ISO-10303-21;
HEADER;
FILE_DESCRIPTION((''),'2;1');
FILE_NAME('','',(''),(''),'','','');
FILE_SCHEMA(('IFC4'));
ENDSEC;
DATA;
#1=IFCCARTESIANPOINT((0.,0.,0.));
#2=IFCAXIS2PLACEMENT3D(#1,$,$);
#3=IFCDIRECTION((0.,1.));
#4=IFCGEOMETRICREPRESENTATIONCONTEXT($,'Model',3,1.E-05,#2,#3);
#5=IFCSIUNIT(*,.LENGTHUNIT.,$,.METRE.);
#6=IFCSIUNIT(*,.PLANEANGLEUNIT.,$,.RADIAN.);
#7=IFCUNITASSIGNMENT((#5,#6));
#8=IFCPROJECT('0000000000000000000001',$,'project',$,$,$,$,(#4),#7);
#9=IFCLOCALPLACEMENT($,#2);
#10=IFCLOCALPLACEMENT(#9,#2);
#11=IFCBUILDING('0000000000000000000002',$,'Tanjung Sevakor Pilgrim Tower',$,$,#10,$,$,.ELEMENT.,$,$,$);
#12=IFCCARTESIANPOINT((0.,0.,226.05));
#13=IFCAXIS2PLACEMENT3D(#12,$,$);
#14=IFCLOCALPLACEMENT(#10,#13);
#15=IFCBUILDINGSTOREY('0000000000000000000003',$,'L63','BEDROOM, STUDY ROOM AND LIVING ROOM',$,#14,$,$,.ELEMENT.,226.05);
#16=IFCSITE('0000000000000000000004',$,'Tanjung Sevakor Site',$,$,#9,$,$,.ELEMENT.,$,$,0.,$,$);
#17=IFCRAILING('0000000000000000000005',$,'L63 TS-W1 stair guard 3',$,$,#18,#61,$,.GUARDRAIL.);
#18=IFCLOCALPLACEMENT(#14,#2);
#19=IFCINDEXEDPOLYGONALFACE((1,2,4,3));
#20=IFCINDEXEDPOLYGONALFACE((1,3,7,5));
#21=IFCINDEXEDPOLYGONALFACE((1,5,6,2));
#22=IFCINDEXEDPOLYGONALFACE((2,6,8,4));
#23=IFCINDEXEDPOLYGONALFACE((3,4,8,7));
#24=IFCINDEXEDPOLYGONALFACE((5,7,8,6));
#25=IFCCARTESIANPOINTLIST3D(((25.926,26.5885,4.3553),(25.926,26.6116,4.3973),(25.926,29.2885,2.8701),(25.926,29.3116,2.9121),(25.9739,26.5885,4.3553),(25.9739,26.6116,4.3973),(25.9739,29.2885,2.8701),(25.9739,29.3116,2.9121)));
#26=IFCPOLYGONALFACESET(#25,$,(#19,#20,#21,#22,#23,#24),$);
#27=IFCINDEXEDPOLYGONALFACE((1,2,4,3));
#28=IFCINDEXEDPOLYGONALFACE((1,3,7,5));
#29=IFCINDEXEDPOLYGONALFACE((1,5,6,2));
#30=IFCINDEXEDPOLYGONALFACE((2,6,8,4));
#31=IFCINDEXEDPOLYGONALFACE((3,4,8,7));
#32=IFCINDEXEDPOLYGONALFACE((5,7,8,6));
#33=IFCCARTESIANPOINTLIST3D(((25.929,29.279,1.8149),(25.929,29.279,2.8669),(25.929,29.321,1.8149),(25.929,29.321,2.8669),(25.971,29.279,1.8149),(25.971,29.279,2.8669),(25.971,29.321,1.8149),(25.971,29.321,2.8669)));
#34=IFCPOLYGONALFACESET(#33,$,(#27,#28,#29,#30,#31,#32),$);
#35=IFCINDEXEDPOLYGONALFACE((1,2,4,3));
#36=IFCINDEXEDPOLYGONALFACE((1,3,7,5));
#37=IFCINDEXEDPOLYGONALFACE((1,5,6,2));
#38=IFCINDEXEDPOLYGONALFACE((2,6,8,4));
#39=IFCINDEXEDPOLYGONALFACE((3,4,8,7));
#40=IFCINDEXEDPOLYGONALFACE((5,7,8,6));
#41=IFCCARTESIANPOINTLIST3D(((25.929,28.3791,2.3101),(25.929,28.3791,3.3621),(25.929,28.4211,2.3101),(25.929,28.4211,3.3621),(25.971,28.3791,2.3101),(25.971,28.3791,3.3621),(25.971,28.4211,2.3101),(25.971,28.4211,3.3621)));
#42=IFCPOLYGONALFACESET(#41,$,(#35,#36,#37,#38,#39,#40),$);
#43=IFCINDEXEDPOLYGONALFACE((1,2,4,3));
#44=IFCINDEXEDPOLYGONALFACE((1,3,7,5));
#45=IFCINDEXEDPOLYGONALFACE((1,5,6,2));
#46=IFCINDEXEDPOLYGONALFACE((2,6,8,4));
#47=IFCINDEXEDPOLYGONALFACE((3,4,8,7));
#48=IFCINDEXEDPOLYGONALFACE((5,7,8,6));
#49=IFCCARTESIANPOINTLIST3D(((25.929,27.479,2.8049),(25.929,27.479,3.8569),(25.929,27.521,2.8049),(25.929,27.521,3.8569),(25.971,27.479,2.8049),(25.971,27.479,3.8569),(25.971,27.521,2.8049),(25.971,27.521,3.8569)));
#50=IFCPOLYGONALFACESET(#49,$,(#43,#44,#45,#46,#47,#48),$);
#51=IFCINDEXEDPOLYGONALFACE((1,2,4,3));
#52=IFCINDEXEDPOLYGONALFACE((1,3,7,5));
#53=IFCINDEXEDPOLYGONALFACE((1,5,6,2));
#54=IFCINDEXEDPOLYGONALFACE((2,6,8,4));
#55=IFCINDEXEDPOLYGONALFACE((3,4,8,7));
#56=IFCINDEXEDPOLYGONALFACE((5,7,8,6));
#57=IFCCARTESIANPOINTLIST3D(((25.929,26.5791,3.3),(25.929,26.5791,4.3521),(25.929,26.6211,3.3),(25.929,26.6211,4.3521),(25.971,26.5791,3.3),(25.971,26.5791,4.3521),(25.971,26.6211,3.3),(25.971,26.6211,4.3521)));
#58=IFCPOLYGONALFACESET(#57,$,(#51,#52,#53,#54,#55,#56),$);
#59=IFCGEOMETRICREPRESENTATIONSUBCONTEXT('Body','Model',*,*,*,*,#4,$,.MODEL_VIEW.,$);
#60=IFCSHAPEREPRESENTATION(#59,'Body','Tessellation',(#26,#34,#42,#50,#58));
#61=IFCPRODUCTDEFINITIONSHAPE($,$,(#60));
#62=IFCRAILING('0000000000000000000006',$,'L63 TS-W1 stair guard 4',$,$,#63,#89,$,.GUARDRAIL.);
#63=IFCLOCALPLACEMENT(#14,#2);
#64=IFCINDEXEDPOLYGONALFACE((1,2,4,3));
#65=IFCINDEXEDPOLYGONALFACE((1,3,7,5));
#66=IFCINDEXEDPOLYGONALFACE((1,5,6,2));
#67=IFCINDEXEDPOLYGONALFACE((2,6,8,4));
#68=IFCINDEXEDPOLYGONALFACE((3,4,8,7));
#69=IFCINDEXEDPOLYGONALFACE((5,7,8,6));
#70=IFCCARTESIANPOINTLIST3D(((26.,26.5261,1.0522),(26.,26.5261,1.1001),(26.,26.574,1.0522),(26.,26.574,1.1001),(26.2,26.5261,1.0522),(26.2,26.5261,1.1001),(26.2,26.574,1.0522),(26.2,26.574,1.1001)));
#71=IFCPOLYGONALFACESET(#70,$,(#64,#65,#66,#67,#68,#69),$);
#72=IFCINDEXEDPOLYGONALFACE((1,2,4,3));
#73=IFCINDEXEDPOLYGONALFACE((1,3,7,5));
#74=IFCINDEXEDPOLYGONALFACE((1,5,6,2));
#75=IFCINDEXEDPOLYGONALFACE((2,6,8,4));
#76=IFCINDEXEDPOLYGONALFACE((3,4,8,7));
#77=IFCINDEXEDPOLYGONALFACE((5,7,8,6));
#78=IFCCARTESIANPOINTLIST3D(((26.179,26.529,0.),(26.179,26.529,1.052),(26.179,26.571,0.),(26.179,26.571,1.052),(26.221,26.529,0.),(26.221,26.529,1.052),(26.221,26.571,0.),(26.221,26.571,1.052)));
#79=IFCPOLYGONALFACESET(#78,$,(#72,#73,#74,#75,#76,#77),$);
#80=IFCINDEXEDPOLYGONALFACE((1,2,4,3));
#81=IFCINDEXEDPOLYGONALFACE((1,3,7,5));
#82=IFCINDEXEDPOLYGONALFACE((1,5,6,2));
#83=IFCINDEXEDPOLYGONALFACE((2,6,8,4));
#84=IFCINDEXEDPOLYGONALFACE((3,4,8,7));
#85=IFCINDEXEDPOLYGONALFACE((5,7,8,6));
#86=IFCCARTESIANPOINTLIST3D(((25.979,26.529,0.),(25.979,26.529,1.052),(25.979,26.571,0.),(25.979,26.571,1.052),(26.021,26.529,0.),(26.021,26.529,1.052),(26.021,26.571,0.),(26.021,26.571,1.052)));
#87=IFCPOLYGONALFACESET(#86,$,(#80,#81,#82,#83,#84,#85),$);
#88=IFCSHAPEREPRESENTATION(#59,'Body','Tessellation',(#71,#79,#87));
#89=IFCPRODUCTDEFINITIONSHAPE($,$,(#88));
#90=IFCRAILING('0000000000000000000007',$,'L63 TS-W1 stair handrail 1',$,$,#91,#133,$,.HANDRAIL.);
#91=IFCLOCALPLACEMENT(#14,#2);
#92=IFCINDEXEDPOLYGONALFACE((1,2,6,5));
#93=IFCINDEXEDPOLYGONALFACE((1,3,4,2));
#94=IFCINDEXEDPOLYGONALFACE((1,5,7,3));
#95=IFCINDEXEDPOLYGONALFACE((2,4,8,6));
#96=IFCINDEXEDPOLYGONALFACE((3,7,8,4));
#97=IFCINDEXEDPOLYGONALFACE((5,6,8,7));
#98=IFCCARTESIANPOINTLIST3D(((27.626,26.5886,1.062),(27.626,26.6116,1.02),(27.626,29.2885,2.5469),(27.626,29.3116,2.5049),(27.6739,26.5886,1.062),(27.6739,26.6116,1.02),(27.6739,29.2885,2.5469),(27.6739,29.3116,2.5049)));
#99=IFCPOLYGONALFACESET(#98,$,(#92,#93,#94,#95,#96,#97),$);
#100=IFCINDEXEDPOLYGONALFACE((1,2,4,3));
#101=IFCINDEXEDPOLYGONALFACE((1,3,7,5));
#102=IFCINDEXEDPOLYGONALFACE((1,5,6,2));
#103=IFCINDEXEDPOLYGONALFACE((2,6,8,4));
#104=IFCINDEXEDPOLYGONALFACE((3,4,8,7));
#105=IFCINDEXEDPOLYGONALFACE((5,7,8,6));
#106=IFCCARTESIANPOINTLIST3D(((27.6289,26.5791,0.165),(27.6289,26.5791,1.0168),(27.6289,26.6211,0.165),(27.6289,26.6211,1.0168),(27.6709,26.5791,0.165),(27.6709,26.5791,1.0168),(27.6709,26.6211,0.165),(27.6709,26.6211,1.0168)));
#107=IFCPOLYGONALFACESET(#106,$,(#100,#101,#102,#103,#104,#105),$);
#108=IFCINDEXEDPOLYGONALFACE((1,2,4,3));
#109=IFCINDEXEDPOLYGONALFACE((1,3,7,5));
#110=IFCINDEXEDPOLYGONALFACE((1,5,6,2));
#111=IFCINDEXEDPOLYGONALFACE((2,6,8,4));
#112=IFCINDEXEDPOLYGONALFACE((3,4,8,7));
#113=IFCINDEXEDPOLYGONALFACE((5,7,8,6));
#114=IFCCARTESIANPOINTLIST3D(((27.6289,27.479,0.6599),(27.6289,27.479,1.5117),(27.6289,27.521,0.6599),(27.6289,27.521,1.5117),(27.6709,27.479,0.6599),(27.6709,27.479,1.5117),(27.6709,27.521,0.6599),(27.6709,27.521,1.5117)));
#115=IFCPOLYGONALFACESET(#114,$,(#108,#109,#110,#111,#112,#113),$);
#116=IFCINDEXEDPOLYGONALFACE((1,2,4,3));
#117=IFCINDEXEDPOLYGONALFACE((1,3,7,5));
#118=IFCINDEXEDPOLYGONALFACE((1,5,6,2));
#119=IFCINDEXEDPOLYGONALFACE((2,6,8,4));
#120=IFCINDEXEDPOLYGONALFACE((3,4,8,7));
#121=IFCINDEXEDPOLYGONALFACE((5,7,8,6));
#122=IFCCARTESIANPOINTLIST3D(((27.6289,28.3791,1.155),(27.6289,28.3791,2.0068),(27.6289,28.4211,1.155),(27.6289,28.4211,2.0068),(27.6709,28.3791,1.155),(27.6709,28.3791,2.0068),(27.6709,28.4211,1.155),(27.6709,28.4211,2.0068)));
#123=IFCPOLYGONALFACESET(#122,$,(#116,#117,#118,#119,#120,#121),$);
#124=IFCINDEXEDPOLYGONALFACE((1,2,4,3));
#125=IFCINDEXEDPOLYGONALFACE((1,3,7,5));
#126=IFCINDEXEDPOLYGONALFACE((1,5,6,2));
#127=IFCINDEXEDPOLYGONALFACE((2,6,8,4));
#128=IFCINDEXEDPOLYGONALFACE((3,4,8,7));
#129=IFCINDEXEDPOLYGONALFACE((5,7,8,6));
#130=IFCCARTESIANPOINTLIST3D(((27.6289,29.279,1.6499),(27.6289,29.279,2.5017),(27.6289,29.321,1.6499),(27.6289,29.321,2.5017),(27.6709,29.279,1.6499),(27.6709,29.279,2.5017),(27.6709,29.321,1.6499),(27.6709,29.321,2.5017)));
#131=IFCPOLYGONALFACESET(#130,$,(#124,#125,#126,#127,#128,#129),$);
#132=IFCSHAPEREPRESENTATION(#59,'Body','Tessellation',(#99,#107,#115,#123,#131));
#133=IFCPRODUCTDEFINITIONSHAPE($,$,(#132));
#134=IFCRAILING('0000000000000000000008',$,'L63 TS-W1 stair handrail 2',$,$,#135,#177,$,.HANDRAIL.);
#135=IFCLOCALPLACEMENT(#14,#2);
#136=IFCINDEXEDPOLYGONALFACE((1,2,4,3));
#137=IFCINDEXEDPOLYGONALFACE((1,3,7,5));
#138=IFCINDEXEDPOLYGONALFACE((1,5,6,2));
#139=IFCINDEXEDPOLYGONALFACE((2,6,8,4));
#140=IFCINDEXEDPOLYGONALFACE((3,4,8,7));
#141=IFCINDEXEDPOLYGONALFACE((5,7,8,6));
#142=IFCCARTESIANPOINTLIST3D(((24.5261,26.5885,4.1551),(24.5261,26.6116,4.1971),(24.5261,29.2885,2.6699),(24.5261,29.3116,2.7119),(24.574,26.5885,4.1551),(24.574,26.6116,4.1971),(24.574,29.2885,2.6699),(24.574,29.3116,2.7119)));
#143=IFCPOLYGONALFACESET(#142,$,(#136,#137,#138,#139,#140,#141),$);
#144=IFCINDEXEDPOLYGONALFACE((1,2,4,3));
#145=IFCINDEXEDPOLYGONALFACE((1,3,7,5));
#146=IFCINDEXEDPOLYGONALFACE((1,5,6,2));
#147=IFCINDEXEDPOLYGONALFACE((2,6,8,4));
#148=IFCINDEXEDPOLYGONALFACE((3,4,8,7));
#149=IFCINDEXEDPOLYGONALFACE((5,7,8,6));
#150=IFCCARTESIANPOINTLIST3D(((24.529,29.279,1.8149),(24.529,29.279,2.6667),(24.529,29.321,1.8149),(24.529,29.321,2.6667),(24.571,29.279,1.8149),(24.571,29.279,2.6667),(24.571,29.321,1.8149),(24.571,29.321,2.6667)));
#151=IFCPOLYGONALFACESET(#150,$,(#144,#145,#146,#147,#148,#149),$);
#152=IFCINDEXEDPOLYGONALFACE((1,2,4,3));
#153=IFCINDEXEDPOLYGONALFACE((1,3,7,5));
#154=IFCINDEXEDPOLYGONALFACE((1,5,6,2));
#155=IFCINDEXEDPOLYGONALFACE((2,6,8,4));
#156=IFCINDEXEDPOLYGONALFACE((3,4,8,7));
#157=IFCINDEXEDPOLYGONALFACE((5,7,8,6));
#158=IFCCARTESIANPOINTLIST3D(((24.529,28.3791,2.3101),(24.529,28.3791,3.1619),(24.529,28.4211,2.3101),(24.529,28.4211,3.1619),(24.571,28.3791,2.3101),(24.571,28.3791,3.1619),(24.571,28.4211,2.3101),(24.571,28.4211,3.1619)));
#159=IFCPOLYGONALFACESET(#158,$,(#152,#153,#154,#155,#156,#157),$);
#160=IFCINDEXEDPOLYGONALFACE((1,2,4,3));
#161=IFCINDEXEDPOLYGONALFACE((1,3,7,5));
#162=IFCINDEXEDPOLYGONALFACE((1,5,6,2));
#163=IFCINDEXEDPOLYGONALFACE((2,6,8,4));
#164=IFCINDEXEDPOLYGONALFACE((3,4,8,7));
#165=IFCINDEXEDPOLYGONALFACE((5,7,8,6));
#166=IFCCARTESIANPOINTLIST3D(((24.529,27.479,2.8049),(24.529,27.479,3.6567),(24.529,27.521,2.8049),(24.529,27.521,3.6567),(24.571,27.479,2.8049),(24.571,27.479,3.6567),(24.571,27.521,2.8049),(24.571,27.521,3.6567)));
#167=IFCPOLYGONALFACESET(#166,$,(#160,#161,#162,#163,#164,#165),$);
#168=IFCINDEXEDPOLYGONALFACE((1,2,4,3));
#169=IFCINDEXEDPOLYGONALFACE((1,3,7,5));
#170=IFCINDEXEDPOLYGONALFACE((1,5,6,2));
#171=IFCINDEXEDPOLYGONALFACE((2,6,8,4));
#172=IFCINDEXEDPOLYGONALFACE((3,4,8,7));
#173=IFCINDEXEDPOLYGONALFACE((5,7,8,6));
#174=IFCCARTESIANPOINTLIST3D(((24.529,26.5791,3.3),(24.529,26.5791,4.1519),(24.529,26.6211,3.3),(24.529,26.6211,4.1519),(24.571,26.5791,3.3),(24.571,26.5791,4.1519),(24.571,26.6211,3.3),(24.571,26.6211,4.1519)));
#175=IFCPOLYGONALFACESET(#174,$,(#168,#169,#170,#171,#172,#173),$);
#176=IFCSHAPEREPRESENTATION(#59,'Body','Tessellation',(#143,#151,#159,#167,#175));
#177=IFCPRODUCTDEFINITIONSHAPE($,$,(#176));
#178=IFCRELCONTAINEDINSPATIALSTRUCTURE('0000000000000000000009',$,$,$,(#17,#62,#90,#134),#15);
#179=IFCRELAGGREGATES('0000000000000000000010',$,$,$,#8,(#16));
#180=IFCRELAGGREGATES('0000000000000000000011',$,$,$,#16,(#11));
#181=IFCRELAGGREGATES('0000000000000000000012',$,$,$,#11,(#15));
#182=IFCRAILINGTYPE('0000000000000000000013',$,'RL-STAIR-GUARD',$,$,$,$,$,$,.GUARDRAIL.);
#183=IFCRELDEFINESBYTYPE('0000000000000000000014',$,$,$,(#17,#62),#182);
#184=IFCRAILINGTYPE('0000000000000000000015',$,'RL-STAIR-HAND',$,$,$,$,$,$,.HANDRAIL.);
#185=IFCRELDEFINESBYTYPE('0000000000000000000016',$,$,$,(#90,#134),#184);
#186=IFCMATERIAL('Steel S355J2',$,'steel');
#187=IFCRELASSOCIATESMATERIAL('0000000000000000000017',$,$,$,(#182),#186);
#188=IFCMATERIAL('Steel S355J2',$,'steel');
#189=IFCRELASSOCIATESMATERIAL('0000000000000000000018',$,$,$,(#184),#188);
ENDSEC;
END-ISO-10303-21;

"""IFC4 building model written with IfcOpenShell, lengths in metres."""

from ifc_helpers import new_model, si_unit, direction, frame, origin, place, context, subcontext, project, spatial, rectangle, extrude, material, type_object, element, save


model = new_model("IFC4")

# Units and contexts
model_context = context("Model", 3, precision=1e-05, world=origin(), true_north=direction((0.0, 1.0)))
body_context = subcontext(model_context, "Body", "Model", "MODEL_VIEW")
ifc_project = project(units=[si_unit("LENGTHUNIT", "METRE"), si_unit("PLANEANGLEUNIT", "RADIAN")], contexts=[model_context])

# Site, building, storey
site_placement = place(None, origin())
site = spatial("IfcSite", under=ifc_project, at=site_placement, Name="Tanjung Sevakor Site", CompositionType="ELEMENT", RefElevation=0.0)
building_placement = place(site_placement, origin())
building = spatial("IfcBuilding", under=site, at=building_placement, Name="Tanjung Sevakor Pilgrim Tower", CompositionType="ELEMENT")
storey_placement = place(building_placement, frame((0.0, 0.0, 226.05)))
storey = spatial("IfcBuildingStorey", under=building, at=storey_placement, Name="L63", Description="BEDROOM, STUDY ROOM AND LIVING ROOM", CompositionType="ELEMENT", Elevation=226.05)

# Railings
ifc_material_1 = material(Name="Steel S355J2", Category="steel")
railing_type_1 = type_object("IfcRailingType", Name="RL-STAIR-GUARD", PredefinedType="GUARDRAIL", material=ifc_material_1)
railing_1_placement = place(storey_placement, frame((25.95, 29.3, 1.8149)))
element("IfcRailing", 1, at=railing_1_placement, inside=storey, type_object=railing_type_1, Name="L63 TS-W1 stair guard 3", PredefinedType="GUARDRAIL", context=body_context, shape_type="SweptSolid", body=[
    extrude(rectangle(XDim=0.0479, YDim=0.0479), frame((0.0, 0.0, 1.0762), z_axis=(0.0, -0.876198, 0.481952), x_axis=(1.0, 0.0, 0.0)), (0.0, 0.0, 1.0), 3.0815),
    extrude(rectangle(XDim=0.042, YDim=0.042), origin(), (0.0, 0.0, 1.0), 1.052),
    extrude(rectangle(XDim=0.042, YDim=0.042), frame((0.0, -0.8999, 0.4951)), (0.0, 0.0, 1.0), 1.052),
    extrude(rectangle(XDim=0.042, YDim=0.042), frame((0.0, -1.8, 0.99)), (0.0, 0.0, 1.0), 1.052),
    extrude(rectangle(XDim=0.042, YDim=0.042), frame((0.0, -2.7, 1.4851)), (0.0, 0.0, 1.0), 1.052),
])
railing_2_placement = place(storey_placement, frame((26.2, 26.55, 0.0)))
element("IfcRailing", 2, at=railing_2_placement, inside=storey, type_object=railing_type_1, Name="L63 TS-W1 stair guard 4", PredefinedType="GUARDRAIL", context=body_context, shape_type="SweptSolid", body=[
    extrude(rectangle(XDim=0.0479, YDim=0.0479), frame((0.0, 0.0, 1.0762), z_axis=(-1.0, 0.0, 0.0), x_axis=(0.0, -1.0, 0.0)), (0.0, 0.0, 1.0), 0.2),
    extrude(rectangle(XDim=0.042, YDim=0.042), origin(), (0.0, 0.0, 1.0), 1.052),
    extrude(rectangle(XDim=0.042, YDim=0.042), frame((-0.2, 0.0, 0.0)), (0.0, 0.0, 1.0), 1.052),
])
ifc_material_2 = material(Name="Steel S355J2", Category="steel")
railing_type_2 = type_object("IfcRailingType", Name="RL-STAIR-HAND", PredefinedType="HANDRAIL", material=ifc_material_2)
railing_3_placement = place(storey_placement, frame((27.6499, 26.6001, 0.165)))
element("IfcRailing", 3, at=railing_3_placement, inside=storey, type_object=railing_type_2, Name="L63 TS-W1 stair handrail 1", PredefinedType="HANDRAIL", context=body_context, shape_type="SweptSolid", body=[
    extrude(rectangle(XDim=0.0479, YDim=0.0479), frame((0.0, 0.0, 0.876), z_axis=(0.0, 0.876231, 0.481891), x_axis=(-1.0, 0.0, 0.0)), (0.0, 0.0, 1.0), 3.0813),
    extrude(rectangle(XDim=0.042, YDim=0.042), origin(), (0.0, 0.0, 1.0), 0.8518),
    extrude(rectangle(XDim=0.042, YDim=0.042), frame((0.0, 0.8999, 0.4949)), (0.0, 0.0, 1.0), 0.8518),
    extrude(rectangle(XDim=0.042, YDim=0.042), frame((0.0, 1.8, 0.99)), (0.0, 0.0, 1.0), 0.8518),
    extrude(rectangle(XDim=0.042, YDim=0.042), frame((0.0, 2.7, 1.4849)), (0.0, 0.0, 1.0), 0.8518),
])
railing_4_placement = place(storey_placement, frame((24.55, 29.3, 1.8149)))
element("IfcRailing", 4, at=railing_4_placement, inside=storey, type_object=railing_type_2, Name="L63 TS-W1 stair handrail 2", PredefinedType="HANDRAIL", context=body_context, shape_type="SweptSolid", body=[
    extrude(rectangle(XDim=0.0479, YDim=0.0479), frame((0.0, 0.0, 0.876), z_axis=(0.0, -0.876198, 0.481952), x_axis=(1.0, 0.0, 0.0)), (0.0, 0.0, 1.0), 3.0815),
    extrude(rectangle(XDim=0.042, YDim=0.042), origin(), (0.0, 0.0, 1.0), 0.8518),
    extrude(rectangle(XDim=0.042, YDim=0.042), frame((0.0, -0.8999, 0.4951)), (0.0, 0.0, 1.0), 0.8518),
    extrude(rectangle(XDim=0.042, YDim=0.042), frame((0.0, -1.8, 0.99)), (0.0, 0.0, 1.0), 0.8518),
    extrude(rectangle(XDim=0.042, YDim=0.042), frame((0.0, -2.7, 1.4851)), (0.0, 0.0, 1.0), 0.8518),
])

save(model, "model.ifc")
